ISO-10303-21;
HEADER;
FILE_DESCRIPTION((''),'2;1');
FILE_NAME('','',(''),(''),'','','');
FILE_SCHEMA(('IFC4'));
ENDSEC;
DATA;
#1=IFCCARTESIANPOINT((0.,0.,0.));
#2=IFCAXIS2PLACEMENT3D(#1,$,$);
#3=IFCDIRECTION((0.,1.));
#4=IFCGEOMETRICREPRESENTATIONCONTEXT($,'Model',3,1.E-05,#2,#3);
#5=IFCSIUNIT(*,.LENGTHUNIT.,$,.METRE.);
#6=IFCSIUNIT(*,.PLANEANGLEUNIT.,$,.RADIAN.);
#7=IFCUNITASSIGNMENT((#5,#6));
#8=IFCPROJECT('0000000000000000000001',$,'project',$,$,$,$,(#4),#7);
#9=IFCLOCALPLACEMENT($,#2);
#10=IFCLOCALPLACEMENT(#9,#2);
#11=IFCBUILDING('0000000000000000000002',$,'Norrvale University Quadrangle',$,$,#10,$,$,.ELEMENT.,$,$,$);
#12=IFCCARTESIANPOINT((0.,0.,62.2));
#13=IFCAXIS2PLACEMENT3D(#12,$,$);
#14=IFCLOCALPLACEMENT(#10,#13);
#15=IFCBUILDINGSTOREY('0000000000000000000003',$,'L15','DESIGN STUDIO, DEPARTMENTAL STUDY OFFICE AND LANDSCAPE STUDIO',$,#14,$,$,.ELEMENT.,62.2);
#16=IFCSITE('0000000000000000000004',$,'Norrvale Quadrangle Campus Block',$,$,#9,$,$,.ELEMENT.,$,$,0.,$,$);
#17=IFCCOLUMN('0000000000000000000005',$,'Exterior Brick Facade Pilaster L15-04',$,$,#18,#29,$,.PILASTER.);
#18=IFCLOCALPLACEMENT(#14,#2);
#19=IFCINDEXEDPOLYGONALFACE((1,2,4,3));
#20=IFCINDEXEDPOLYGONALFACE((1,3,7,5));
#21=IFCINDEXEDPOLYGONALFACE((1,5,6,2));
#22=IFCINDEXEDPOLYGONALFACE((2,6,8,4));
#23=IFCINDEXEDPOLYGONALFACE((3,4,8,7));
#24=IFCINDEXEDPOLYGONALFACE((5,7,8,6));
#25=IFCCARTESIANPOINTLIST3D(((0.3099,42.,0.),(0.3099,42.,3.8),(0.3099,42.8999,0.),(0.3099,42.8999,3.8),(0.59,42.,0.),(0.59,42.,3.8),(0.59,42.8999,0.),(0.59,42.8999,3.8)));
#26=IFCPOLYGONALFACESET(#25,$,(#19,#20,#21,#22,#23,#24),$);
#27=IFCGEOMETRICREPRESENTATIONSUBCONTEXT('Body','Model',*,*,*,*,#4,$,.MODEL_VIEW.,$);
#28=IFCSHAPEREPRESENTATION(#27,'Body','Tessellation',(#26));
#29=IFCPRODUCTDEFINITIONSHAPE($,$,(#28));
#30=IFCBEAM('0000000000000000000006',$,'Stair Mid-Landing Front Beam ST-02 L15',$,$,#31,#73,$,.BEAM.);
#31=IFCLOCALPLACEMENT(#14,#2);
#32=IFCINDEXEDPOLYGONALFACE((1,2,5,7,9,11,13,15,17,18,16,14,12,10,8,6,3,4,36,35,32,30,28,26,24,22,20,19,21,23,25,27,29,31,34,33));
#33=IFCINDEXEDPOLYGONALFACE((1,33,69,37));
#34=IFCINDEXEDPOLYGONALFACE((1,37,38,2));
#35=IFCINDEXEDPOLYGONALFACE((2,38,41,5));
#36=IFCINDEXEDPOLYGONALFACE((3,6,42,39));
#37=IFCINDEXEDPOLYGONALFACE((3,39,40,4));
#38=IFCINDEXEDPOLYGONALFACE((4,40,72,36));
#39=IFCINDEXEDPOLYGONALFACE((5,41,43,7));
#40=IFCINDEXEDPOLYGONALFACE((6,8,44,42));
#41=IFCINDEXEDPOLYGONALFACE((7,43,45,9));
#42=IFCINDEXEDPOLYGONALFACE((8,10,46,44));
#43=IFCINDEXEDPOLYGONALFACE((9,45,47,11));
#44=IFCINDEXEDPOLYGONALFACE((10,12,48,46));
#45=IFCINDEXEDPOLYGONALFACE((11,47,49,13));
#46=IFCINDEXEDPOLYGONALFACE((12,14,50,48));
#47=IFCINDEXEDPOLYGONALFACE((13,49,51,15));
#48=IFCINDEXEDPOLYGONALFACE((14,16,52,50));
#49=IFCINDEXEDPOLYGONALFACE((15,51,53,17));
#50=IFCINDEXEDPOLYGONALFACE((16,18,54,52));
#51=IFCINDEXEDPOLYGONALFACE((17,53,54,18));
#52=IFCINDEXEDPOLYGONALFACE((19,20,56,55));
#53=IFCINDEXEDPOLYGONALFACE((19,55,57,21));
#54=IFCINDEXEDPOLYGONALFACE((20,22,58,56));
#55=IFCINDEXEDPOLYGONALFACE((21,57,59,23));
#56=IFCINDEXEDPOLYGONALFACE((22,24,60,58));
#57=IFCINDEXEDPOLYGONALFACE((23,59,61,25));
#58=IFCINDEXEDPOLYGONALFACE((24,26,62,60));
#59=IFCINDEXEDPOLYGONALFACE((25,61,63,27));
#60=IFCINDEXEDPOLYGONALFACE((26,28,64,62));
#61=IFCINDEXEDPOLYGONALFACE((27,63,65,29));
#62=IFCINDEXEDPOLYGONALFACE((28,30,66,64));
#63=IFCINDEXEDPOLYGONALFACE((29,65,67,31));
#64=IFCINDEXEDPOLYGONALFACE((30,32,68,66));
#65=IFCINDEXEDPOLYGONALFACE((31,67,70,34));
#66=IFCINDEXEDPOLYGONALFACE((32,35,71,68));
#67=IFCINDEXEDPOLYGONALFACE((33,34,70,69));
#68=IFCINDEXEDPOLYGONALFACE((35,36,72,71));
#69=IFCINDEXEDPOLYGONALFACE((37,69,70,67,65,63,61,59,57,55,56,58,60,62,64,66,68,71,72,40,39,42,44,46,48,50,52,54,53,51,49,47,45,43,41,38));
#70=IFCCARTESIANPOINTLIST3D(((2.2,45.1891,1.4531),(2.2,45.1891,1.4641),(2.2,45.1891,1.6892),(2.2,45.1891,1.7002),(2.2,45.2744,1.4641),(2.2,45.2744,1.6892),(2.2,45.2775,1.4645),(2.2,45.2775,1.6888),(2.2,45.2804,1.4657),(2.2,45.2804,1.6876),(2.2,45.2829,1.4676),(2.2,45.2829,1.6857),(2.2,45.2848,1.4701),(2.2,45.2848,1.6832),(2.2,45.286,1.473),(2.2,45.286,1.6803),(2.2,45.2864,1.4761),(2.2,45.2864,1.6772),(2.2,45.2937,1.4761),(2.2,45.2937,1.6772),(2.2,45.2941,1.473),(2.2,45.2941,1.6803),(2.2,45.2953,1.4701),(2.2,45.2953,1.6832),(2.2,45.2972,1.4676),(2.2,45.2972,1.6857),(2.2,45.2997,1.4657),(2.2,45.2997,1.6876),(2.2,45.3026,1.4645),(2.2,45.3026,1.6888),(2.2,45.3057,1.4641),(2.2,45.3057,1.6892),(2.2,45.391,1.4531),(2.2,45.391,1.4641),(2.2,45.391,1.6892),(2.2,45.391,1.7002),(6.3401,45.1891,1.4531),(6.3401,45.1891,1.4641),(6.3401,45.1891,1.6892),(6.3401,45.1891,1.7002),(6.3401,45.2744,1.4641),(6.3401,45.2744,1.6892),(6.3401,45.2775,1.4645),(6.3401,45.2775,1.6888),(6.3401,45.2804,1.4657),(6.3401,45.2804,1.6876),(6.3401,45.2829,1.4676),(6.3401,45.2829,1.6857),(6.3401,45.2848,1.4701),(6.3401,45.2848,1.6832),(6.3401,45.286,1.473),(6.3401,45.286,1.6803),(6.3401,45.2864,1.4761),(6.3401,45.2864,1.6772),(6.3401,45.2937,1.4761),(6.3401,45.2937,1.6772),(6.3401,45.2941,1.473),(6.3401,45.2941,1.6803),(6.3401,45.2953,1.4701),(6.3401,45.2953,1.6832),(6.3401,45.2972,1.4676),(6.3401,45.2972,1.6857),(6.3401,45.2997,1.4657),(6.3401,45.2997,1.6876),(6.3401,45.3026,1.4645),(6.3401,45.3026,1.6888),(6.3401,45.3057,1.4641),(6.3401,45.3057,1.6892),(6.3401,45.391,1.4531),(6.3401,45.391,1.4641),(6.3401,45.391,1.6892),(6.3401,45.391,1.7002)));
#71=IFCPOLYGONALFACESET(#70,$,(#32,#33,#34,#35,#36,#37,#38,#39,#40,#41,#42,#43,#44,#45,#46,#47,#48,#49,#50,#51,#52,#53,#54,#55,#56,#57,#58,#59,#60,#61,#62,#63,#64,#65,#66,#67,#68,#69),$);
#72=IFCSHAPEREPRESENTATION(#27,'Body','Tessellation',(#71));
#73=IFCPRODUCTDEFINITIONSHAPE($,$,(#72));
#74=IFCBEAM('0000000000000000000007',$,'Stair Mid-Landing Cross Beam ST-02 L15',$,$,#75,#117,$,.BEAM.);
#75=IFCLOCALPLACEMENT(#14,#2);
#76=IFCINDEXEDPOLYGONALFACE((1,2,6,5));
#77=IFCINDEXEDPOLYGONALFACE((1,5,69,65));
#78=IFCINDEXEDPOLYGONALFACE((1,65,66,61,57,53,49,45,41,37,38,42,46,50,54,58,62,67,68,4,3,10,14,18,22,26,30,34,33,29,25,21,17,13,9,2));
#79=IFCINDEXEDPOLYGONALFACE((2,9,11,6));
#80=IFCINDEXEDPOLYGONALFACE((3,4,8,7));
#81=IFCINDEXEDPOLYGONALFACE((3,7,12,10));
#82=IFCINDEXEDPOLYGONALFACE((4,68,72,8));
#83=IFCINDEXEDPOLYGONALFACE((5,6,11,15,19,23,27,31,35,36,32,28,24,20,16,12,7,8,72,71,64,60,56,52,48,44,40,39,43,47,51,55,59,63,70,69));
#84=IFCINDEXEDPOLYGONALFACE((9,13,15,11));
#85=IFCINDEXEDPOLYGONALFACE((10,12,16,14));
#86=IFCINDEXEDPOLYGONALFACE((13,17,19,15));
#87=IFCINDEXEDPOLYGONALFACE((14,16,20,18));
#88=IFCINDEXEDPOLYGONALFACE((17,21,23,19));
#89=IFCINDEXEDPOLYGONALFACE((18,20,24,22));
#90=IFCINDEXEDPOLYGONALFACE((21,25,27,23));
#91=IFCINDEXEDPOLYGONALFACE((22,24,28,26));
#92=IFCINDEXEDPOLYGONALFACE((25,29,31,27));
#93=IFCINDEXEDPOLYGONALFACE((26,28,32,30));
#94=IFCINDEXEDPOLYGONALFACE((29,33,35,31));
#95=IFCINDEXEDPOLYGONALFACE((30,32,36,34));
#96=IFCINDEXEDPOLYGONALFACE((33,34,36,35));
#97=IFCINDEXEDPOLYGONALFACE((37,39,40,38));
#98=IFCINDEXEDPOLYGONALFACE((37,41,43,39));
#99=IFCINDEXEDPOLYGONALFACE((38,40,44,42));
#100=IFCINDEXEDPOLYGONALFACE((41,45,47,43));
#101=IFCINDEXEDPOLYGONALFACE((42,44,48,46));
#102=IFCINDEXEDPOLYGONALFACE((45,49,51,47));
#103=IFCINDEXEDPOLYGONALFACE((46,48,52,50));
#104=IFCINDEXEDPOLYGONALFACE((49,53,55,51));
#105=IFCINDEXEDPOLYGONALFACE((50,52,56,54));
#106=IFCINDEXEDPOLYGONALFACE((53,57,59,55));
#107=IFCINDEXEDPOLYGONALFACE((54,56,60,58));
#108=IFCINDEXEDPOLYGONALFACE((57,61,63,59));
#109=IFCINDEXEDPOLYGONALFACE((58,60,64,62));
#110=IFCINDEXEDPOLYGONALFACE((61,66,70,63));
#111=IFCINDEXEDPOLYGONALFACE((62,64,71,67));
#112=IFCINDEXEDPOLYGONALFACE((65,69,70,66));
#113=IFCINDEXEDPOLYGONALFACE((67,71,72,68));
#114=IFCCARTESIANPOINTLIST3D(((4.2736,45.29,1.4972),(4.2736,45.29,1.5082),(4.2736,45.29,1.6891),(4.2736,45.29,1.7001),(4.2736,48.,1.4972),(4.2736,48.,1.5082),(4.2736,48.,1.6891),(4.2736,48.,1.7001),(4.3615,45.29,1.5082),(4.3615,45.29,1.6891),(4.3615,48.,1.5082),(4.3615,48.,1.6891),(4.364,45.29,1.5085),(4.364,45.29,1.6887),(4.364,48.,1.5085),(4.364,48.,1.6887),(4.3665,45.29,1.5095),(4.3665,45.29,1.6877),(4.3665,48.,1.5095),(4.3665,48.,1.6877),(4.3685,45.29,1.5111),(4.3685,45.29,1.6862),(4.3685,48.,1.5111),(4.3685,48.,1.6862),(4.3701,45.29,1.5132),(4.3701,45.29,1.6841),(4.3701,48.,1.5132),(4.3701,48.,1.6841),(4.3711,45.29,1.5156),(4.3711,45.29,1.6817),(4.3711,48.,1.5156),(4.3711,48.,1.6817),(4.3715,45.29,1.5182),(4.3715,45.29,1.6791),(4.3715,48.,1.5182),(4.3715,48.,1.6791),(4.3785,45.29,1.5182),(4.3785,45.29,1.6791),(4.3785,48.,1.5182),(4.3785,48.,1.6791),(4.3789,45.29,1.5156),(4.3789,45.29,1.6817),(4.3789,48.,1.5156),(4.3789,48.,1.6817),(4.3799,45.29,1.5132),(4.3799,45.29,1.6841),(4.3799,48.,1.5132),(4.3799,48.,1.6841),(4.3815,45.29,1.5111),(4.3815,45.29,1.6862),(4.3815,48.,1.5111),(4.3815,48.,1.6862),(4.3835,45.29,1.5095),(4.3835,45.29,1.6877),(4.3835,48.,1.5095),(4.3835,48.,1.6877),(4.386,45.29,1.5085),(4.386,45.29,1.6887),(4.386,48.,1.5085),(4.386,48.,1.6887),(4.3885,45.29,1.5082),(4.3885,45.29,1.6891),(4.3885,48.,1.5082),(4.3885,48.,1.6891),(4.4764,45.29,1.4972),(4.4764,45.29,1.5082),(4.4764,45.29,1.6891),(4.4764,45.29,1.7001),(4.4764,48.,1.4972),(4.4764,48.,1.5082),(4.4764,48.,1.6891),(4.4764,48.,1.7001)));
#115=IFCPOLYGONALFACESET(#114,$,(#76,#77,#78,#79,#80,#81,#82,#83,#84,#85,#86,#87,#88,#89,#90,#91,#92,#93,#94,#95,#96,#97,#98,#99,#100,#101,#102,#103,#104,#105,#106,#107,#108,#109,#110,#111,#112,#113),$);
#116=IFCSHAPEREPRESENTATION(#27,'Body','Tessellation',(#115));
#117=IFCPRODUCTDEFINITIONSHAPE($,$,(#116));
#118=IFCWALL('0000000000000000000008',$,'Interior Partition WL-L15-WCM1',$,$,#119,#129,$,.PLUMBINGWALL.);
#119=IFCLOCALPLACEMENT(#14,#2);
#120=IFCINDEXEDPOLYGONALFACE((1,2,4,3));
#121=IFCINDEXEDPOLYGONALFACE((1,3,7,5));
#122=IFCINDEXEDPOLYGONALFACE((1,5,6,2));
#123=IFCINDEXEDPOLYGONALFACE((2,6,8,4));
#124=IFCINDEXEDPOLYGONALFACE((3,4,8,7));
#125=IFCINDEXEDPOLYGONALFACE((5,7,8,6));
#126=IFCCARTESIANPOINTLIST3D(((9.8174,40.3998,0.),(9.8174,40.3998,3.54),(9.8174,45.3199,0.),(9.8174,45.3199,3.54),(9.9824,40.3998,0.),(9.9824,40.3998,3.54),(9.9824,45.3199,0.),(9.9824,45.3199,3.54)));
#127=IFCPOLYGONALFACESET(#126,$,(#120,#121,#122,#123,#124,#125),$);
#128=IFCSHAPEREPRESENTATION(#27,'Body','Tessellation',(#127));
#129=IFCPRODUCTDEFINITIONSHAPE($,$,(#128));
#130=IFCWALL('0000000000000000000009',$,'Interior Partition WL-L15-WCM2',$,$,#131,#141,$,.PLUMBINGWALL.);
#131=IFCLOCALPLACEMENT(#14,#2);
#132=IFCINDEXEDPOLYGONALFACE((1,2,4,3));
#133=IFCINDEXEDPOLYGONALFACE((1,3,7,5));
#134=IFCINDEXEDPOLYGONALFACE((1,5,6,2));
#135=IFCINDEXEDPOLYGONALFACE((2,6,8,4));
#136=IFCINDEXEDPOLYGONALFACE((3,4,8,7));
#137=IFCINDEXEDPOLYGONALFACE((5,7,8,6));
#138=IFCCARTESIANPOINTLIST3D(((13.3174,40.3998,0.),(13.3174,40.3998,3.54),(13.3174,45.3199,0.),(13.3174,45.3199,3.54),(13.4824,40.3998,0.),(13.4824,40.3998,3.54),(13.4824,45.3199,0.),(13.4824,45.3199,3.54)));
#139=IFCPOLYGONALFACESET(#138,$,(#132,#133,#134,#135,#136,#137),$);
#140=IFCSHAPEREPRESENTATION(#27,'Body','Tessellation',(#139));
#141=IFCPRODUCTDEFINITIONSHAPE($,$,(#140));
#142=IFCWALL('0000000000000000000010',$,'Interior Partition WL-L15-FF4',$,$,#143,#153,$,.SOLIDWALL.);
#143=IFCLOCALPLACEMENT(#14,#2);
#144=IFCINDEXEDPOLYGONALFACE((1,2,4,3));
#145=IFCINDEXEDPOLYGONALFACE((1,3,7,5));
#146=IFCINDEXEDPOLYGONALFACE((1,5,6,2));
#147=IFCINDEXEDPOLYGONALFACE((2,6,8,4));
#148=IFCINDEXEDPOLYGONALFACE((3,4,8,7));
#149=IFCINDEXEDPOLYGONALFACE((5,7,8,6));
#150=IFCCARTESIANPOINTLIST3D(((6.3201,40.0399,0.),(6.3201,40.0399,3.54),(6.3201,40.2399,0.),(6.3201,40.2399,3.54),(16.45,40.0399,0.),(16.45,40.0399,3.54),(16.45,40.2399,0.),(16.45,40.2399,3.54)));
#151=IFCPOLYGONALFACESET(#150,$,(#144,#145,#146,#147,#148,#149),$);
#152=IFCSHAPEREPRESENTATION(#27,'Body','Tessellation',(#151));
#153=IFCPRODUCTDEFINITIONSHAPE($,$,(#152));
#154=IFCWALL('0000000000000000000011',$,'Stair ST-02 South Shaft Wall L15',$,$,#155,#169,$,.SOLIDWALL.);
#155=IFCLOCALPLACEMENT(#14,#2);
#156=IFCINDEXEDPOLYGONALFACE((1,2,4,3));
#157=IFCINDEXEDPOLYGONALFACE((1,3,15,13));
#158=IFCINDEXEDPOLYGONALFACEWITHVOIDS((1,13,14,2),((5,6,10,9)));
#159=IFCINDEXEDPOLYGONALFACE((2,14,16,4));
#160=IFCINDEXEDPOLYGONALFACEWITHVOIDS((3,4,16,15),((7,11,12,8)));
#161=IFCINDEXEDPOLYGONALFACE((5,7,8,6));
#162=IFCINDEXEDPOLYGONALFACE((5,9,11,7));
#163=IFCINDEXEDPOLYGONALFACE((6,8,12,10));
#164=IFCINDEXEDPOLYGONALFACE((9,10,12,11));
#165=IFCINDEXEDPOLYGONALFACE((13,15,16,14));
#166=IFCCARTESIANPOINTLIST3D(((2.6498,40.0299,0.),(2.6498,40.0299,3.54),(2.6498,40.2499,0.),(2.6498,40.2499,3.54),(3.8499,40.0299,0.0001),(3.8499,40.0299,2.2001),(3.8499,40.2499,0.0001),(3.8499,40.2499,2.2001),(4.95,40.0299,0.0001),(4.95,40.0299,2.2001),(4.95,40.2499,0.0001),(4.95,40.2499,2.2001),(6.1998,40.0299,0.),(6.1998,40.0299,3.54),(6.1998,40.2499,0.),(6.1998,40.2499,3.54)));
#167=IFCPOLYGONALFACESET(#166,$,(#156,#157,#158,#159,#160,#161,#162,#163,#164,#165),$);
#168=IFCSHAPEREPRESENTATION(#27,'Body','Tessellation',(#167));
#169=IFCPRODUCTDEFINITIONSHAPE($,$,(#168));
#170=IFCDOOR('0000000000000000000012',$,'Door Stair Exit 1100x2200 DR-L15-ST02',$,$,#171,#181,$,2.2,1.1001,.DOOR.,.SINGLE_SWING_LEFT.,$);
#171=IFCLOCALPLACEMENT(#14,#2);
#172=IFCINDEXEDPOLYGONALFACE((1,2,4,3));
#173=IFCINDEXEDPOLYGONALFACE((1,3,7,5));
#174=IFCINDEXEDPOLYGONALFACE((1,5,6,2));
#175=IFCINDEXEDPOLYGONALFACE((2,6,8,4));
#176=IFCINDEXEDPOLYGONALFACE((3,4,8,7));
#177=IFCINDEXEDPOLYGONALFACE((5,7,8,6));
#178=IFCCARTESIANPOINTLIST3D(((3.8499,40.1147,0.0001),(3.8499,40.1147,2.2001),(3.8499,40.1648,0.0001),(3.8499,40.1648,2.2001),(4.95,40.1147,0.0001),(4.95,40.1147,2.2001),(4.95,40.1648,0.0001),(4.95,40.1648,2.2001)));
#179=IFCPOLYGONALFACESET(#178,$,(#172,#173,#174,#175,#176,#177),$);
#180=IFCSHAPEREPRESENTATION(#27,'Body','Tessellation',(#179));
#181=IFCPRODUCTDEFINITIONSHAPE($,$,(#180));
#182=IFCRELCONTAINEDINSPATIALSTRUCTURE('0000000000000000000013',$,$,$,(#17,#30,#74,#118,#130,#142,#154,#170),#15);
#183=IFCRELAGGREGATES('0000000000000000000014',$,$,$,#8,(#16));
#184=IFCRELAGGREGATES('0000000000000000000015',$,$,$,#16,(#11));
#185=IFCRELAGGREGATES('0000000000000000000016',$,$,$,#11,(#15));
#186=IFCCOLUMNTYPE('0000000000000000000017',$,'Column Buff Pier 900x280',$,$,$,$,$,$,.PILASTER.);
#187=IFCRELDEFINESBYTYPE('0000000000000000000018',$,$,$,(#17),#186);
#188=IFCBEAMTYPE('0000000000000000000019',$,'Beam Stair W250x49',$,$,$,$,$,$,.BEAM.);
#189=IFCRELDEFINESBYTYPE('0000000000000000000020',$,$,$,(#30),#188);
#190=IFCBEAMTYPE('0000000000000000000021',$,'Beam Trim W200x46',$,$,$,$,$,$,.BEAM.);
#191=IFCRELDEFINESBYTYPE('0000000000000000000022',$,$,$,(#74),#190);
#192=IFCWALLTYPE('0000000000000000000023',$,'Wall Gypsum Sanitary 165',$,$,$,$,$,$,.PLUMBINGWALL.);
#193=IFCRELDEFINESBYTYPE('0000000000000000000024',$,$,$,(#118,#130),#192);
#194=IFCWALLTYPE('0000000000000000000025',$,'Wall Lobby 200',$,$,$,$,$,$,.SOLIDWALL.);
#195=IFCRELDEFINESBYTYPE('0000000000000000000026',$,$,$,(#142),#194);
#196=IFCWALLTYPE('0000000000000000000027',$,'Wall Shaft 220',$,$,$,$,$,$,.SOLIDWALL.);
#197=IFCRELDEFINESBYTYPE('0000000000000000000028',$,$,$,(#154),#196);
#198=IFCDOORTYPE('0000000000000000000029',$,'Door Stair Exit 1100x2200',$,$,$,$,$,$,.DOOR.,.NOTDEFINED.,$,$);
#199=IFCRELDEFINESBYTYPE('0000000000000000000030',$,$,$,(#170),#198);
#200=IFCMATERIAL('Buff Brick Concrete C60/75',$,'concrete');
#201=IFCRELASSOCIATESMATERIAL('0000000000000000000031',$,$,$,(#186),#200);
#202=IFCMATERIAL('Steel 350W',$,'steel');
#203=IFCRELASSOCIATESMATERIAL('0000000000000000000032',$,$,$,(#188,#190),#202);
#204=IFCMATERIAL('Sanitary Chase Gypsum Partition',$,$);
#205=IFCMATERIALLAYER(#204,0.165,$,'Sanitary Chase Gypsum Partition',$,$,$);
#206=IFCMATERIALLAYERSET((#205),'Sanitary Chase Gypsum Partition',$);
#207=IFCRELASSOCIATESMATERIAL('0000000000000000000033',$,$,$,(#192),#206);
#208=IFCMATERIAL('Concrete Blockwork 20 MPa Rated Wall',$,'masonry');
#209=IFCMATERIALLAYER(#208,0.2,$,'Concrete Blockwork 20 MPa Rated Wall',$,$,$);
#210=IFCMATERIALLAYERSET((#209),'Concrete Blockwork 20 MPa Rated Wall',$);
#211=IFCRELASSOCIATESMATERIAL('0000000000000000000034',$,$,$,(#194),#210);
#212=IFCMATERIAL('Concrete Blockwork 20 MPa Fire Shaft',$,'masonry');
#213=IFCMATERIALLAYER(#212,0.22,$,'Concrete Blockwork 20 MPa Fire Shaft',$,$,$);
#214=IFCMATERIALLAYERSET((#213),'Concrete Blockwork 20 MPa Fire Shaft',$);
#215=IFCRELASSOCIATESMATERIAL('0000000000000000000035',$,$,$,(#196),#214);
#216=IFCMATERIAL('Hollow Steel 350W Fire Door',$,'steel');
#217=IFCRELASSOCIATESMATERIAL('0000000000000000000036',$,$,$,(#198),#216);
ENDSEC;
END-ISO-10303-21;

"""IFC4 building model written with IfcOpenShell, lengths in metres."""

from ifc_helpers import new_model, si_unit, direction, frame, frame_2d, origin, origin_2d, place, context, subcontext, project, spatial, rectangle, i_section, extrude, material, layer, layer_set, material_profile, profile_set, type_object, element, fill, save


model = new_model("IFC4")

# Units and contexts
model_context = context("Model", 3, precision=1e-05, world=origin(), true_north=direction((0.0, 1.0)))
body_context = subcontext(model_context, "Body", "Model", "MODEL_VIEW")
ifc_project = project(units=[si_unit("LENGTHUNIT", "METRE"), si_unit("PLANEANGLEUNIT", "RADIAN")], contexts=[model_context])

# Site, building, storey
site_placement = place(None, origin())
site = spatial("IfcSite", under=ifc_project, at=site_placement, Name="Norrvale Quadrangle Campus Block", CompositionType="ELEMENT", RefElevation=0.0)
building_placement = place(site_placement, origin())
building = spatial("IfcBuilding", under=site, at=building_placement, Name="Norrvale University Quadrangle", CompositionType="ELEMENT")
storey_placement = place(building_placement, frame((0.0, 0.0, 62.2)))
storey = spatial("IfcBuildingStorey", under=building, at=storey_placement, Name="L15", Description="DESIGN STUDIO, DEPARTMENTAL STUDY OFFICE AND LANDSCAPE STUDIO", CompositionType="ELEMENT", Elevation=62.2)

# Column
ifc_material_1 = material(Name="Buff Brick Concrete C60/75", Category="concrete")
ifc_material_profile_1 = material_profile(ifc_material_1, rectangle(XDim=0.8999, YDim=0.28, at=origin_2d()), Name="Buff Brick Concrete C60/75")
ifc_profile_set_1 = profile_set([ifc_material_profile_1], Name="Buff Brick Concrete C60/75")
column_type = type_object("IfcColumnType", Name="Column Buff Pier 900x280", PredefinedType="PILASTER", material=ifc_profile_set_1)
column_placement = place(storey_placement, frame((0.45, 42.45, 0.0), z_axis=(0.0, 0.0, 1.0), x_axis=(0.0, 1.0, 0.0)))
element("IfcColumn", 1, at=column_placement, inside=storey, type_object=column_type, Name="Exterior Brick Facade Pilaster L15-04", PredefinedType="PILASTER", context=body_context, shape_type="SweptSolid", body=[
    extrude(rectangle(XDim=0.8999, YDim=0.28, at=origin_2d()), origin(), (0.0, 0.0, 1.0), 3.8),
])

# Beams
ifc_material_2 = material(Name="Steel 350W", Category="steel")
ifc_material_profile_2 = material_profile(ifc_material_2, i_section(OverallWidth=0.2019, OverallDepth=0.2471, WebThickness=0.0073, FlangeThickness=0.011, FilletRadius=0.012, at=origin_2d()), Name="Steel 350W")
ifc_profile_set_2 = profile_set([ifc_material_profile_2], Name="Steel 350W")
beam_type_1 = type_object("IfcBeamType", Name="Beam Stair W250x49", PredefinedType="BEAM", material=ifc_profile_set_2)
beam_1_placement = place(storey_placement, frame((2.2, 45.29, 1.5767), z_axis=(1.0, 0.0, 0.0), x_axis=(0.0, 1.0, 0.0)))
element("IfcBeam", 2, at=beam_1_placement, inside=storey, type_object=beam_type_1, Name="Stair Mid-Landing Front Beam ST-02 L15", PredefinedType="BEAM", context=body_context, shape_type="SweptSolid", body=[
    extrude(i_section(OverallWidth=0.2019, OverallDepth=0.2471, WebThickness=0.0073, FlangeThickness=0.011, FilletRadius=0.012, at=origin_2d()), origin(), (0.0, 0.0, 1.0), 4.1401),
])
ifc_material_profile_3 = material_profile(ifc_material_2, i_section(OverallWidth=0.2029, OverallDepth=0.2029, WebThickness=0.0071, FlangeThickness=0.011, FilletRadius=0.01, at=origin_2d()), Name="Steel 350W")
ifc_profile_set_3 = profile_set([ifc_material_profile_3], Name="Steel 350W")
beam_type_2 = type_object("IfcBeamType", Name="Beam Trim W200x46", PredefinedType="BEAM", material=ifc_profile_set_3)
beam_2_placement = place(storey_placement, frame((4.375, 45.29, 1.5986), z_axis=(0.0, 1.0, 0.0), x_axis=(-1.0, 0.0, 0.0)))
element("IfcBeam", 3, at=beam_2_placement, inside=storey, type_object=beam_type_2, Name="Stair Mid-Landing Cross Beam ST-02 L15", PredefinedType="BEAM", context=body_context, shape_type="SweptSolid", body=[
    extrude(i_section(OverallWidth=0.2029, OverallDepth=0.2029, WebThickness=0.0071, FlangeThickness=0.011, FilletRadius=0.01, at=origin_2d()), origin(), (0.0, 0.0, 1.0), 2.71),
])

# Walls
ifc_material_3 = material(Name="Sanitary Chase Gypsum Partition")
ifc_layer_1 = layer(ifc_material_3, 0.165, Name="Sanitary Chase Gypsum Partition")
ifc_layer_set_1 = layer_set([ifc_layer_1], Name="Sanitary Chase Gypsum Partition")
wall_type_1 = type_object("IfcWallType", Name="Wall Gypsum Sanitary 165", PredefinedType="PLUMBINGWALL", material=ifc_layer_set_1)
for number, where, z_axis, x_axis, name in (
    (4, (9.8999, 40.3999, 0.0), (0.0, 0.0, 1.0), (0.0, 1.0, 0.0), "Interior Partition WL-L15-WCM1"),
    (5, (13.3999, 40.3999, 0.0), (0.0, 0.0, 1.0), (0.0, 1.0, 0.0), "Interior Partition WL-L15-WCM2"),
):
    element("IfcWall", number, at=place(storey_placement, frame(where, z_axis=z_axis, x_axis=x_axis)), inside=storey, type_object=wall_type_1, Name=name, PredefinedType="PLUMBINGWALL", context=body_context, shape_type="SweptSolid", body=[
        extrude(rectangle(XDim=4.9202, YDim=0.165, at=frame_2d((2.46, 0.0))), origin(), (0.0, 0.0, 1.0), 3.54),
    ])
ifc_material_4 = material(Name="Concrete Blockwork 20 MPa Rated Wall", Category="masonry")
ifc_layer_2 = layer(ifc_material_4, 0.2, Name="Concrete Blockwork 20 MPa Rated Wall")
ifc_layer_set_2 = layer_set([ifc_layer_2], Name="Concrete Blockwork 20 MPa Rated Wall")
wall_type_2 = type_object("IfcWallType", Name="Wall Lobby 200", PredefinedType="SOLIDWALL", material=ifc_layer_set_2)
wall_1_placement = place(storey_placement, frame((6.3201, 40.1399, 0.0), z_axis=(0.0, 0.0, 1.0), x_axis=(1.0, 0.0, 0.0)))
element("IfcWall", 6, at=wall_1_placement, inside=storey, type_object=wall_type_2, Name="Interior Partition WL-L15-FF4", PredefinedType="SOLIDWALL", context=body_context, shape_type="SweptSolid", body=[
    extrude(rectangle(XDim=10.1299, YDim=0.2, at=frame_2d((5.0649, 0.0))), origin(), (0.0, 0.0, 1.0), 3.54),
])

# Wall, opening, door
ifc_material_5 = material(Name="Concrete Blockwork 20 MPa Fire Shaft", Category="masonry")
ifc_layer_3 = layer(ifc_material_5, 0.22, Name="Concrete Blockwork 20 MPa Fire Shaft")
ifc_layer_set_3 = layer_set([ifc_layer_3], Name="Concrete Blockwork 20 MPa Fire Shaft")
wall_type_3 = type_object("IfcWallType", Name="Wall Shaft 220", PredefinedType="SOLIDWALL", material=ifc_layer_set_3)
wall_2_placement = place(storey_placement, frame((2.6499, 40.1399, 0.0), z_axis=(0.0, 0.0, 1.0), x_axis=(1.0, 0.0, 0.0)))
wall_2 = element("IfcWall", 7, at=wall_2_placement, inside=storey, type_object=wall_type_3, Name="Stair ST-02 South Shaft Wall L15", PredefinedType="SOLIDWALL", context=body_context, shape_type="SweptSolid", body=[
    extrude(rectangle(XDim=3.55, YDim=0.22, at=frame_2d((1.7749, 0.0))), origin(), (0.0, 0.0, 1.0), 3.54),
])
opening_placement = place(wall_2_placement, frame((1.2, 0.0, 0.0)))
opening = element("IfcOpeningElement", 8, at=opening_placement, cuts=wall_2, PredefinedType="OPENING", context=body_context, shape_type="SweptSolid", body=[
    extrude(rectangle(XDim=1.1001, YDim=2.2, at=frame_2d((0.55, 1.1001))), frame((0.0, 0.1221, 0.0), z_axis=(0.0, -1.0, 0.0), x_axis=(1.0, 0.0, 0.0)), (0.0, 0.0, 1.0), 0.2439),
])
ifc_material_6 = material(Name="Hollow Steel 350W Fire Door", Category="steel")
door_type = type_object("IfcDoorType", Name="Door Stair Exit 1100x2200", OperationType="NOTDEFINED", PredefinedType="DOOR", material=ifc_material_6)
door_placement = place(opening_placement, origin())
door = element("IfcDoor", 9, at=door_placement, inside=storey, type_object=door_type, Name="Door Stair Exit 1100x2200 DR-L15-ST02", OperationType="SINGLE_SWING_LEFT", OverallHeight=2.2, OverallWidth=1.1001, PredefinedType="DOOR", context=body_context, shape_type="SweptSolid", body=[
    extrude(rectangle(XDim=1.1001, YDim=2.2, at=frame_2d((0.55, 1.1001))), frame((0.0, 0.0249, 0.0), z_axis=(0.0, -1.0, 0.0), x_axis=(1.0, 0.0, 0.0)), (0.0, 0.0, 1.0), 0.05),
])
fill(opening, door)

save(model, "model.ifc")
